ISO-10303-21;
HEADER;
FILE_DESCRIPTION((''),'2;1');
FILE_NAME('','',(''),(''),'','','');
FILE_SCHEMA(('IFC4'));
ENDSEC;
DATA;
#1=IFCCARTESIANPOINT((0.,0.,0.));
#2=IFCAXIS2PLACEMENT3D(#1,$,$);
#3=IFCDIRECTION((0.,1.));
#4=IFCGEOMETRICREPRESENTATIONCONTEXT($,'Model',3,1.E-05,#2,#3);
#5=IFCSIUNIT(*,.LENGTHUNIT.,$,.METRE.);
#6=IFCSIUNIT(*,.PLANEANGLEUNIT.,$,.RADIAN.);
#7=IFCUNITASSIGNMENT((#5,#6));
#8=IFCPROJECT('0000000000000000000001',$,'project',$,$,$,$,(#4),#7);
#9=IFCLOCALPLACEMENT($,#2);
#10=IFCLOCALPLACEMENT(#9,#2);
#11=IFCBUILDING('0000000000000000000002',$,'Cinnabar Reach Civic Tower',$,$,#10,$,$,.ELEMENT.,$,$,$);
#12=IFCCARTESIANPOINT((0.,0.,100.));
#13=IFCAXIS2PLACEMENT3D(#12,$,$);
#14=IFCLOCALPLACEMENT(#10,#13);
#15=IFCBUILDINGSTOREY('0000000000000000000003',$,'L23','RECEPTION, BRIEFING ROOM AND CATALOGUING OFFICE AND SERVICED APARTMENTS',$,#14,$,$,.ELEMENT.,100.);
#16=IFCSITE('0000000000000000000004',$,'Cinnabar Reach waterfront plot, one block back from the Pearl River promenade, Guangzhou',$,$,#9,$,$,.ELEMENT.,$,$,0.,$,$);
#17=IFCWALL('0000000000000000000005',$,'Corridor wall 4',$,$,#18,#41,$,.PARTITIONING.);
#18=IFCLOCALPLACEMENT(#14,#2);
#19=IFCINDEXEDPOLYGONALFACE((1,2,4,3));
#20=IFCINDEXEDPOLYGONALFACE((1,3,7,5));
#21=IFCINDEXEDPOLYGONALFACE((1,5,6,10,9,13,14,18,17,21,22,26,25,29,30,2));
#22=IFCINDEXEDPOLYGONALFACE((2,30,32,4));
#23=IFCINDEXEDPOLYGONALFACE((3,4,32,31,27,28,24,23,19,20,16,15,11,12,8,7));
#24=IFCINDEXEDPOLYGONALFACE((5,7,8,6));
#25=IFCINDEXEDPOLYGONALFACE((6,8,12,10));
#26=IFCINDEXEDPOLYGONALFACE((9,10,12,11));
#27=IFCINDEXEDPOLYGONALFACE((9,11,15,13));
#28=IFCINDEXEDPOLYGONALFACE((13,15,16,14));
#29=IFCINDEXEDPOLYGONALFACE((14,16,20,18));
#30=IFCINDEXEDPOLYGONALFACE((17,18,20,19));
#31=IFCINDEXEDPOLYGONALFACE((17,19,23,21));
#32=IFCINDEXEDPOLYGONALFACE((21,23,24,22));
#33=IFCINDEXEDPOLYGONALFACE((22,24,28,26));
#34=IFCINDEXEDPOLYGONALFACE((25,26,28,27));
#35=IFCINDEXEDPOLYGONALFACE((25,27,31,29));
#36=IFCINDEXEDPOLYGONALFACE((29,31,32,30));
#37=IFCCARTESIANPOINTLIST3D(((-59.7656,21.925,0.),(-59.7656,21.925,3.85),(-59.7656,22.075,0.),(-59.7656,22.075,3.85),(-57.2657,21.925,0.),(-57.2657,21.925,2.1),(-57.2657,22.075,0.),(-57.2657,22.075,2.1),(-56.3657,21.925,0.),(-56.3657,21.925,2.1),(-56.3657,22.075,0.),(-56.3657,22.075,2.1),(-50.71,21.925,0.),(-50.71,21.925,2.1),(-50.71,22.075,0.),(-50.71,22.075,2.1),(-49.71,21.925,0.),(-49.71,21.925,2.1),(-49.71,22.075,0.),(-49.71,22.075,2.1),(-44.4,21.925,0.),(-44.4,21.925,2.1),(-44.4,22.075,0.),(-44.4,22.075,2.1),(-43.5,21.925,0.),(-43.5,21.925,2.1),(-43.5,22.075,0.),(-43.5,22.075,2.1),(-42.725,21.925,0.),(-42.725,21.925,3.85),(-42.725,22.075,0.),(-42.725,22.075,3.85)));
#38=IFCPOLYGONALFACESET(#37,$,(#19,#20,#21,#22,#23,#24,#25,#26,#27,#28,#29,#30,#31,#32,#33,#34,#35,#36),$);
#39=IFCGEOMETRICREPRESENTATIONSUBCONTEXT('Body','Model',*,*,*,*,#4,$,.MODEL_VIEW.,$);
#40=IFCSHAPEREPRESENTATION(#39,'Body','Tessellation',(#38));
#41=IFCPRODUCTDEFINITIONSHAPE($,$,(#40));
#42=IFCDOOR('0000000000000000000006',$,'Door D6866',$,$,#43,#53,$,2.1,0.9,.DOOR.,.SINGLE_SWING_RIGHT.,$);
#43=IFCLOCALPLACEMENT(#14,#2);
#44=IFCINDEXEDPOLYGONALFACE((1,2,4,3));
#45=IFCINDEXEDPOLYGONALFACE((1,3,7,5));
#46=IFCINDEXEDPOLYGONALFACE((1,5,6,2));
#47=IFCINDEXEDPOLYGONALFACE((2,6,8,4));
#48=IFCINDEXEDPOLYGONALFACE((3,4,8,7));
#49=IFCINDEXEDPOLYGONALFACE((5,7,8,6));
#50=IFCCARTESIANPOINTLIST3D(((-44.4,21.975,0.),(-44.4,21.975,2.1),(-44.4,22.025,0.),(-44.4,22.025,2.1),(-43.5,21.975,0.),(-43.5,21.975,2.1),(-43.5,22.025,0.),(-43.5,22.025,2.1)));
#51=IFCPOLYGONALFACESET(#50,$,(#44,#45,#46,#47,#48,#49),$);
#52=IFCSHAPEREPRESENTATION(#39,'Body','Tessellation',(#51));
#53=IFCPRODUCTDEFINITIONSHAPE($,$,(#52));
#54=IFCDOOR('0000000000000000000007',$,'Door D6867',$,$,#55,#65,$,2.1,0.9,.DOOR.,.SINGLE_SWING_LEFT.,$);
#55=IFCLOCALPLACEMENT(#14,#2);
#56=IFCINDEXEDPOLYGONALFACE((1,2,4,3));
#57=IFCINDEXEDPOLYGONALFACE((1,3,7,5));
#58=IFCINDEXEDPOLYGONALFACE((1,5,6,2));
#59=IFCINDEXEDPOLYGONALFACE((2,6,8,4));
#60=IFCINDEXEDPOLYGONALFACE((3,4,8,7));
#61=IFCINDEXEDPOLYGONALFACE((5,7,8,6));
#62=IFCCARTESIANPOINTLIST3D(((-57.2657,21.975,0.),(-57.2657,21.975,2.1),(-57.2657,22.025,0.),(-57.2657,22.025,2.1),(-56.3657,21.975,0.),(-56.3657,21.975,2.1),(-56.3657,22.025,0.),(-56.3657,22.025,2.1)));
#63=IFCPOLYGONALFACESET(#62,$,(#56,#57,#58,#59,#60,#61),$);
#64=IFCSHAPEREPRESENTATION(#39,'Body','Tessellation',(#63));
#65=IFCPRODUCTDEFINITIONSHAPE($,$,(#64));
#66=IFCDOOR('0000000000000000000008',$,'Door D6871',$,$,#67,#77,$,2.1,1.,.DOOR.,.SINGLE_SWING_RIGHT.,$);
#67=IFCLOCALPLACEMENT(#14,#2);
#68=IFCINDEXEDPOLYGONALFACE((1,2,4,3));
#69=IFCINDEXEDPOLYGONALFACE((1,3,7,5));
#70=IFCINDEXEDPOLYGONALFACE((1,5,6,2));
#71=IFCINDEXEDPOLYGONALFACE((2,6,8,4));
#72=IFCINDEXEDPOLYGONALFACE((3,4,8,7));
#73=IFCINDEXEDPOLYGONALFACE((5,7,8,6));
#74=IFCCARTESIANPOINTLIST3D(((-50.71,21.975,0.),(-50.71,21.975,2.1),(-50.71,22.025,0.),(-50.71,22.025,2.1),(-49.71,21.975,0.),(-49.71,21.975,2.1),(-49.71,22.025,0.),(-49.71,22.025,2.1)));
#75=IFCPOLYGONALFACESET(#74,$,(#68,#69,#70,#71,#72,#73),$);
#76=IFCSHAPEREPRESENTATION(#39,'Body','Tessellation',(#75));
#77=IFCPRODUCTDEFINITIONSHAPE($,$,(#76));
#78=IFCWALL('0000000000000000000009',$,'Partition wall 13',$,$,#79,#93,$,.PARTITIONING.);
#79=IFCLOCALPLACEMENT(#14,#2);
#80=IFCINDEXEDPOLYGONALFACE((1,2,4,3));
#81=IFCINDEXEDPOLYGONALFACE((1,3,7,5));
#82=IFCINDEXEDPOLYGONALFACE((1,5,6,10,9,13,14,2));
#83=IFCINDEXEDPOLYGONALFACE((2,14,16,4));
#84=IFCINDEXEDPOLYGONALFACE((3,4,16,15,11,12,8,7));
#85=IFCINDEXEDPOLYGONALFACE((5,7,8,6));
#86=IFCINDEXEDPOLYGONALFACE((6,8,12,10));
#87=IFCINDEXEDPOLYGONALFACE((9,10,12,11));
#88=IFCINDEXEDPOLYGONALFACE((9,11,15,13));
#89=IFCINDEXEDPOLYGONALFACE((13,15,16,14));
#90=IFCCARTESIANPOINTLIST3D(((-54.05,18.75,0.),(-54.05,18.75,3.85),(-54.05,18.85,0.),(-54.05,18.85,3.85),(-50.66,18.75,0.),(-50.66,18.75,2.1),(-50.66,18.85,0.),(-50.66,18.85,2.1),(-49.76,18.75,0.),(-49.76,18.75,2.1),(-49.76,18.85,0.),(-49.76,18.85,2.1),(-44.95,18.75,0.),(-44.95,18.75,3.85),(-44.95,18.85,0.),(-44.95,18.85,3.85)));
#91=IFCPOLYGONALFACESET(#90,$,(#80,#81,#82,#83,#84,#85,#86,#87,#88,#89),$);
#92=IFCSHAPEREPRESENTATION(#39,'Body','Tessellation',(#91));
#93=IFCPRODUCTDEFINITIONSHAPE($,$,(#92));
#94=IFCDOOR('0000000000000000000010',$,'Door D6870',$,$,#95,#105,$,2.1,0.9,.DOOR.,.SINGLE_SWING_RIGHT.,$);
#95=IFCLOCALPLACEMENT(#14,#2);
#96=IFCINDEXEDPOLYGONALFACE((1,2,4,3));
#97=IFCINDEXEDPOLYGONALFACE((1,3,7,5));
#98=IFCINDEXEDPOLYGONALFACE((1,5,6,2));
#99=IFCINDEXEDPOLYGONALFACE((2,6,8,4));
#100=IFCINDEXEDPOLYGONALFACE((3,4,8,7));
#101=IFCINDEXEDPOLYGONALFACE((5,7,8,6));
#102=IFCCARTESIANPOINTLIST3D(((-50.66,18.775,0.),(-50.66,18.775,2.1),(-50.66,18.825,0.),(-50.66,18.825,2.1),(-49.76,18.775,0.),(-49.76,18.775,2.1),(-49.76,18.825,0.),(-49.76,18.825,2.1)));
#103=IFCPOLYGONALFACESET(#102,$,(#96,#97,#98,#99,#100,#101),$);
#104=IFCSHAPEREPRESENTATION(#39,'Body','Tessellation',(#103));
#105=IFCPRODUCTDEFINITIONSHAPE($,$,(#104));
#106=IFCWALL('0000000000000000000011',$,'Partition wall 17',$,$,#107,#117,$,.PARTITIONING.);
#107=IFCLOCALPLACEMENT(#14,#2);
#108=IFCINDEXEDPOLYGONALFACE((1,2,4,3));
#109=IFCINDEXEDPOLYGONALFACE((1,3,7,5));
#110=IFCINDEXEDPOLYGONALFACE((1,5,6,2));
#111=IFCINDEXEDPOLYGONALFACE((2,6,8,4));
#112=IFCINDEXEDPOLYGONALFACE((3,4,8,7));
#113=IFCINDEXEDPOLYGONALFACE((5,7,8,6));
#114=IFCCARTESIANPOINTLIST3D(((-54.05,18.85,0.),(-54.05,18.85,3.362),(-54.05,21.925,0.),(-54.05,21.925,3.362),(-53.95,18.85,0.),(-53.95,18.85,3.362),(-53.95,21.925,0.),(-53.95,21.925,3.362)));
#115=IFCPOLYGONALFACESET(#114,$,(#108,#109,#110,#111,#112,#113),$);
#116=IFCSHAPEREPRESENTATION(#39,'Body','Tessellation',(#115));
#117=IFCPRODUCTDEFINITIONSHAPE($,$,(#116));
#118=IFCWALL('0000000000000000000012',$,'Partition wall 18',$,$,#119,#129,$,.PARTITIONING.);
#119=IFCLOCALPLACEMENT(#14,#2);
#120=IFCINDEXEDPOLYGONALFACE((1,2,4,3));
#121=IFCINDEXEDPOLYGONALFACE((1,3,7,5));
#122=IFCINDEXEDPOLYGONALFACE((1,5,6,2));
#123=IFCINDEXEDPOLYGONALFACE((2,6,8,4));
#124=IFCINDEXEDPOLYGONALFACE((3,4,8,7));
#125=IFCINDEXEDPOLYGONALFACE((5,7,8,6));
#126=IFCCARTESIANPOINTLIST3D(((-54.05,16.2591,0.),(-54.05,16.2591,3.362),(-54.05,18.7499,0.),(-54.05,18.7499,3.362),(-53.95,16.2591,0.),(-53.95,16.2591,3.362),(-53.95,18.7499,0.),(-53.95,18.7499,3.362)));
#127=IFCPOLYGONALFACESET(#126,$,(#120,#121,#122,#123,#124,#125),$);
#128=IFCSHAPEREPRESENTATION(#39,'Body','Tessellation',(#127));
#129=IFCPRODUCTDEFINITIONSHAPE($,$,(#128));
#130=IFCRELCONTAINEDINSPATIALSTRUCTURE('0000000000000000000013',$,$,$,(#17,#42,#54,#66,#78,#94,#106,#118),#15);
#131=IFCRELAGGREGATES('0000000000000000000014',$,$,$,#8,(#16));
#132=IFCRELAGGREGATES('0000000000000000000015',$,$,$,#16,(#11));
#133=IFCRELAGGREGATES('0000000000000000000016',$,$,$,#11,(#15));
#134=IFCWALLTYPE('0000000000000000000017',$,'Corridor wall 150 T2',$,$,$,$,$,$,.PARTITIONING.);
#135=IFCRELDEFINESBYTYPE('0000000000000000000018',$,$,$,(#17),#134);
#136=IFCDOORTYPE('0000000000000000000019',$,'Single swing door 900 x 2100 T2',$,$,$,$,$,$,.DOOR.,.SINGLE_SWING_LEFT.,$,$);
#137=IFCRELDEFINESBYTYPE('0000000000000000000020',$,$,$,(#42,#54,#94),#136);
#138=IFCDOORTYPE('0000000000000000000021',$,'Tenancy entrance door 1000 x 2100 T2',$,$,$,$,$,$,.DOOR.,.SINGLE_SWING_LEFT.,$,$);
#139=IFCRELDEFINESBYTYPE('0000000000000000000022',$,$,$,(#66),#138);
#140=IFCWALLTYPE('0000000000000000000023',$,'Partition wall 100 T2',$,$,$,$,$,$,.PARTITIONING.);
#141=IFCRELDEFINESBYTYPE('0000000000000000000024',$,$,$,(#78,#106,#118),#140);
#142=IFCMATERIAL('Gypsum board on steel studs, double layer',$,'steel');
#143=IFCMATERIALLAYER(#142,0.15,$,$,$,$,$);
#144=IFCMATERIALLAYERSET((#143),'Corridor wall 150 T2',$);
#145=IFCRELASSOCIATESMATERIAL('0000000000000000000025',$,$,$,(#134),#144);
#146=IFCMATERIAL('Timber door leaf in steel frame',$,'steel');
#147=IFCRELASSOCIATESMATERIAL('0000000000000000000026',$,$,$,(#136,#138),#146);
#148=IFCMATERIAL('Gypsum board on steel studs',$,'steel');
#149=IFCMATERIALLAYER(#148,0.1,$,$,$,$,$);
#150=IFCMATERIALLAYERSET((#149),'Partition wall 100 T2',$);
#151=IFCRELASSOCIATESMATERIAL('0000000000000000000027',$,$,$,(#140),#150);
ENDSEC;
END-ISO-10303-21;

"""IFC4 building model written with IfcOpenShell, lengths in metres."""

from ifc_helpers import new_model, si_unit, direction, frame, frame_2d, origin, place, context, subcontext, project, spatial, rectangle, extrude, material, layer, layer_set, type_object, element, fill, save


model = new_model("IFC4")

# Units and contexts
model_context = context("Model", 3, precision=1e-05, world=origin(), true_north=direction((0.0, 1.0)))
body_context = subcontext(model_context, "Body", "Model", "MODEL_VIEW")
ifc_project = project(units=[si_unit("LENGTHUNIT", "METRE"), si_unit("PLANEANGLEUNIT", "RADIAN")], contexts=[model_context])

# Site, building, storey
site_placement = place(None, origin())
site = spatial("IfcSite", under=ifc_project, at=site_placement, Name="Cinnabar Reach waterfront plot, one block back from the Pearl River promenade, Guangzhou", CompositionType="ELEMENT", RefElevation=0.0)
building_placement = place(site_placement, origin())
building = spatial("IfcBuilding", under=site, at=building_placement, Name="Cinnabar Reach Civic Tower", CompositionType="ELEMENT")
storey_placement = place(building_placement, frame((0.0, 0.0, 100.0)))
storey = spatial("IfcBuildingStorey", under=building, at=storey_placement, Name="L23", Description="RECEPTION, BRIEFING ROOM AND CATALOGUING OFFICE AND SERVICED APARTMENTS", CompositionType="ELEMENT", Elevation=100.0)

# Wall, openings, doors
ifc_material_1 = material(Name="Gypsum board on steel studs, double layer", Category="steel")
ifc_layer_1 = layer(ifc_material_1, 0.15)
ifc_layer_set_1 = layer_set([ifc_layer_1], Name="Corridor wall 150 T2")
wall_type_1 = type_object("IfcWallType", Name="Corridor wall 150 T2", PredefinedType="PARTITIONING", material=ifc_layer_set_1)
wall_1_placement = place(storey_placement, frame((-59.7657, 22.0, 0.0), z_axis=(0.0, 0.0, 1.0), x_axis=(1.0, 0.0, 0.0)))
wall_1 = element("IfcWall", 1, at=wall_1_placement, inside=storey, type_object=wall_type_1, Name="Corridor wall 4", PredefinedType="PARTITIONING", context=body_context, shape_type="SweptSolid", body=[
    extrude(rectangle(XDim=17.0407, YDim=0.15, at=frame_2d((8.5204, 0.0))), origin(), (0.0, 0.0, 1.0), 3.85),
])
opening_1_placement = place(wall_1_placement, frame((15.3657, 0.0, 0.0)))
opening_1 = element("IfcOpeningElement", 2, at=opening_1_placement, cuts=wall_1, PredefinedType="OPENING", context=body_context, shape_type="SweptSolid", body=[
    extrude(rectangle(XDim=0.9, YDim=2.1, at=frame_2d((0.45, 1.05))), frame((0.0, 0.085, 0.0), z_axis=(0.0, -1.0, 0.0), x_axis=(1.0, 0.0, 0.0)), (0.0, 0.0, 1.0), 0.17),
])
opening_2_placement = place(wall_1_placement, frame((2.5, 0.0, 0.0)))
opening_2 = element("IfcOpeningElement", 3, at=opening_2_placement, cuts=wall_1, PredefinedType="OPENING", context=body_context, shape_type="SweptSolid", body=[
    extrude(rectangle(XDim=0.9, YDim=2.1, at=frame_2d((0.45, 1.05))), frame((0.0, 0.085, 0.0), z_axis=(0.0, -1.0, 0.0), x_axis=(1.0, 0.0, 0.0)), (0.0, 0.0, 1.0), 0.17),
])
opening_3_placement = place(wall_1_placement, frame((9.0557, 0.0, 0.0)))
opening_3 = element("IfcOpeningElement", 4, at=opening_3_placement, cuts=wall_1, PredefinedType="OPENING", context=body_context, shape_type="SweptSolid", body=[
    extrude(rectangle(XDim=1.0, YDim=2.1, at=frame_2d((0.5, 1.05))), frame((0.0, 0.085, 0.0), z_axis=(0.0, -1.0, 0.0), x_axis=(1.0, 0.0, 0.0)), (0.0, 0.0, 1.0), 0.17),
])
ifc_material_2 = material(Name="Timber door leaf in steel frame", Category="steel")
door_type_1 = type_object("IfcDoorType", Name="Single swing door 900 x 2100 T2", OperationType="SINGLE_SWING_LEFT", PredefinedType="DOOR", material=ifc_material_2)
door_1_placement = place(opening_1_placement, frame((0.9, 0.0, 0.0), z_axis=(0.0, 0.0, 1.0), x_axis=(-1.0, 0.0, 0.0)))
door_1 = element("IfcDoor", 5, at=door_1_placement, inside=storey, type_object=door_type_1, Name="Door D6866", OperationType="SINGLE_SWING_RIGHT", OverallHeight=2.1, OverallWidth=0.9, PredefinedType="DOOR", context=body_context, shape_type="SweptSolid", body=[
    extrude(rectangle(XDim=0.9, YDim=2.1, at=frame_2d((0.45, 1.05))), frame((0.0, 0.025, 0.0), z_axis=(0.0, -1.0, 0.0), x_axis=(1.0, 0.0, 0.0)), (0.0, 0.0, 1.0), 0.05),
])
fill(opening_1, door_1)
door_2_placement = place(opening_2_placement, frame((0.9, 0.0, 0.0), z_axis=(0.0, 0.0, 1.0), x_axis=(-1.0, 0.0, 0.0)))
door_2 = element("IfcDoor", 6, at=door_2_placement, inside=storey, type_object=door_type_1, Name="Door D6867", OperationType="SINGLE_SWING_LEFT", OverallHeight=2.1, OverallWidth=0.9, PredefinedType="DOOR", context=body_context, shape_type="SweptSolid", body=[
    extrude(rectangle(XDim=0.9, YDim=2.1, at=frame_2d((0.45, 1.05))), frame((0.0, 0.025, 0.0), z_axis=(0.0, -1.0, 0.0), x_axis=(1.0, 0.0, 0.0)), (0.0, 0.0, 1.0), 0.05),
])
fill(opening_2, door_2)
door_type_2 = type_object("IfcDoorType", Name="Tenancy entrance door 1000 x 2100 T2", OperationType="SINGLE_SWING_LEFT", PredefinedType="DOOR", material=ifc_material_2)
door_3_placement = place(opening_3_placement, frame((1.0, 0.0, 0.0), z_axis=(0.0, 0.0, 1.0), x_axis=(-1.0, 0.0, 0.0)))
door_3 = element("IfcDoor", 7, at=door_3_placement, inside=storey, type_object=door_type_2, Name="Door D6871", OperationType="SINGLE_SWING_RIGHT", OverallHeight=2.1, OverallWidth=1.0, PredefinedType="DOOR", context=body_context, shape_type="SweptSolid", body=[
    extrude(rectangle(XDim=1.0, YDim=2.1, at=frame_2d((0.5, 1.05))), frame((0.0, 0.025, 0.0), z_axis=(0.0, -1.0, 0.0), x_axis=(1.0, 0.0, 0.0)), (0.0, 0.0, 1.0), 0.05),
])
fill(opening_3, door_3)

# Wall, opening, door
ifc_material_3 = material(Name="Gypsum board on steel studs", Category="steel")
ifc_layer_2 = layer(ifc_material_3, 0.1)
ifc_layer_set_2 = layer_set([ifc_layer_2], Name="Partition wall 100 T2")
wall_type_2 = type_object("IfcWallType", Name="Partition wall 100 T2", PredefinedType="PARTITIONING", material=ifc_layer_set_2)
wall_2_placement = place(storey_placement, frame((-54.05, 18.8, 0.0), z_axis=(0.0, 0.0, 1.0), x_axis=(1.0, 0.0, 0.0)))
wall_2 = element("IfcWall", 8, at=wall_2_placement, inside=storey, type_object=wall_type_2, Name="Partition wall 13", PredefinedType="PARTITIONING", context=body_context, shape_type="SweptSolid", body=[
    extrude(rectangle(XDim=9.1, YDim=0.1, at=frame_2d((4.55, 0.0))), origin(), (0.0, 0.0, 1.0), 3.85),
])
opening_4_placement = place(wall_2_placement, frame((3.39, 0.0, 0.0)))
opening_4 = element("IfcOpeningElement", 9, at=opening_4_placement, cuts=wall_2, PredefinedType="OPENING", context=body_context, shape_type="SweptSolid", body=[
    extrude(rectangle(XDim=0.9, YDim=2.1, at=frame_2d((0.45, 1.05))), frame((0.0, 0.06, 0.0), z_axis=(0.0, -1.0, 0.0), x_axis=(1.0, 0.0, 0.0)), (0.0, 0.0, 1.0), 0.12),
])
door_4_placement = place(opening_4_placement, origin())
door_4 = element("IfcDoor", 10, at=door_4_placement, inside=storey, type_object=door_type_1, Name="Door D6870", OperationType="SINGLE_SWING_RIGHT", OverallHeight=2.1, OverallWidth=0.9, PredefinedType="DOOR", context=body_context, shape_type="SweptSolid", body=[
    extrude(rectangle(XDim=0.9, YDim=2.1, at=frame_2d((0.45, 1.05))), frame((0.0, 0.025, 0.0), z_axis=(0.0, -1.0, 0.0), x_axis=(1.0, 0.0, 0.0)), (0.0, 0.0, 1.0), 0.05),
])
fill(opening_4, door_4)

# Walls
wall_3_placement = place(storey_placement, frame((-54.0, 18.85, 0.0), z_axis=(0.0, 0.0, 1.0), x_axis=(0.0, 1.0, 0.0)))
element("IfcWall", 11, at=wall_3_placement, inside=storey, type_object=wall_type_2, Name="Partition wall 17", PredefinedType="PARTITIONING", context=body_context, shape_type="SweptSolid", body=[
    extrude(rectangle(XDim=3.075, YDim=0.1, at=frame_2d((1.5375, 0.0))), origin(), (0.0, 0.0, 1.0), 3.362),
])
wall_4_placement = place(storey_placement, frame((-54.0, 16.2591, 0.0), z_axis=(0.0, 0.0, 1.0), x_axis=(0.0, 1.0, 0.0)))
element("IfcWall", 12, at=wall_4_placement, inside=storey, type_object=wall_type_2, Name="Partition wall 18", PredefinedType="PARTITIONING", context=body_context, shape_type="SweptSolid", body=[
    extrude(rectangle(XDim=2.4909, YDim=0.1, at=frame_2d((1.2454, 0.0))), origin(), (0.0, 0.0, 1.0), 3.362),
])

save(model, "model.ifc")
